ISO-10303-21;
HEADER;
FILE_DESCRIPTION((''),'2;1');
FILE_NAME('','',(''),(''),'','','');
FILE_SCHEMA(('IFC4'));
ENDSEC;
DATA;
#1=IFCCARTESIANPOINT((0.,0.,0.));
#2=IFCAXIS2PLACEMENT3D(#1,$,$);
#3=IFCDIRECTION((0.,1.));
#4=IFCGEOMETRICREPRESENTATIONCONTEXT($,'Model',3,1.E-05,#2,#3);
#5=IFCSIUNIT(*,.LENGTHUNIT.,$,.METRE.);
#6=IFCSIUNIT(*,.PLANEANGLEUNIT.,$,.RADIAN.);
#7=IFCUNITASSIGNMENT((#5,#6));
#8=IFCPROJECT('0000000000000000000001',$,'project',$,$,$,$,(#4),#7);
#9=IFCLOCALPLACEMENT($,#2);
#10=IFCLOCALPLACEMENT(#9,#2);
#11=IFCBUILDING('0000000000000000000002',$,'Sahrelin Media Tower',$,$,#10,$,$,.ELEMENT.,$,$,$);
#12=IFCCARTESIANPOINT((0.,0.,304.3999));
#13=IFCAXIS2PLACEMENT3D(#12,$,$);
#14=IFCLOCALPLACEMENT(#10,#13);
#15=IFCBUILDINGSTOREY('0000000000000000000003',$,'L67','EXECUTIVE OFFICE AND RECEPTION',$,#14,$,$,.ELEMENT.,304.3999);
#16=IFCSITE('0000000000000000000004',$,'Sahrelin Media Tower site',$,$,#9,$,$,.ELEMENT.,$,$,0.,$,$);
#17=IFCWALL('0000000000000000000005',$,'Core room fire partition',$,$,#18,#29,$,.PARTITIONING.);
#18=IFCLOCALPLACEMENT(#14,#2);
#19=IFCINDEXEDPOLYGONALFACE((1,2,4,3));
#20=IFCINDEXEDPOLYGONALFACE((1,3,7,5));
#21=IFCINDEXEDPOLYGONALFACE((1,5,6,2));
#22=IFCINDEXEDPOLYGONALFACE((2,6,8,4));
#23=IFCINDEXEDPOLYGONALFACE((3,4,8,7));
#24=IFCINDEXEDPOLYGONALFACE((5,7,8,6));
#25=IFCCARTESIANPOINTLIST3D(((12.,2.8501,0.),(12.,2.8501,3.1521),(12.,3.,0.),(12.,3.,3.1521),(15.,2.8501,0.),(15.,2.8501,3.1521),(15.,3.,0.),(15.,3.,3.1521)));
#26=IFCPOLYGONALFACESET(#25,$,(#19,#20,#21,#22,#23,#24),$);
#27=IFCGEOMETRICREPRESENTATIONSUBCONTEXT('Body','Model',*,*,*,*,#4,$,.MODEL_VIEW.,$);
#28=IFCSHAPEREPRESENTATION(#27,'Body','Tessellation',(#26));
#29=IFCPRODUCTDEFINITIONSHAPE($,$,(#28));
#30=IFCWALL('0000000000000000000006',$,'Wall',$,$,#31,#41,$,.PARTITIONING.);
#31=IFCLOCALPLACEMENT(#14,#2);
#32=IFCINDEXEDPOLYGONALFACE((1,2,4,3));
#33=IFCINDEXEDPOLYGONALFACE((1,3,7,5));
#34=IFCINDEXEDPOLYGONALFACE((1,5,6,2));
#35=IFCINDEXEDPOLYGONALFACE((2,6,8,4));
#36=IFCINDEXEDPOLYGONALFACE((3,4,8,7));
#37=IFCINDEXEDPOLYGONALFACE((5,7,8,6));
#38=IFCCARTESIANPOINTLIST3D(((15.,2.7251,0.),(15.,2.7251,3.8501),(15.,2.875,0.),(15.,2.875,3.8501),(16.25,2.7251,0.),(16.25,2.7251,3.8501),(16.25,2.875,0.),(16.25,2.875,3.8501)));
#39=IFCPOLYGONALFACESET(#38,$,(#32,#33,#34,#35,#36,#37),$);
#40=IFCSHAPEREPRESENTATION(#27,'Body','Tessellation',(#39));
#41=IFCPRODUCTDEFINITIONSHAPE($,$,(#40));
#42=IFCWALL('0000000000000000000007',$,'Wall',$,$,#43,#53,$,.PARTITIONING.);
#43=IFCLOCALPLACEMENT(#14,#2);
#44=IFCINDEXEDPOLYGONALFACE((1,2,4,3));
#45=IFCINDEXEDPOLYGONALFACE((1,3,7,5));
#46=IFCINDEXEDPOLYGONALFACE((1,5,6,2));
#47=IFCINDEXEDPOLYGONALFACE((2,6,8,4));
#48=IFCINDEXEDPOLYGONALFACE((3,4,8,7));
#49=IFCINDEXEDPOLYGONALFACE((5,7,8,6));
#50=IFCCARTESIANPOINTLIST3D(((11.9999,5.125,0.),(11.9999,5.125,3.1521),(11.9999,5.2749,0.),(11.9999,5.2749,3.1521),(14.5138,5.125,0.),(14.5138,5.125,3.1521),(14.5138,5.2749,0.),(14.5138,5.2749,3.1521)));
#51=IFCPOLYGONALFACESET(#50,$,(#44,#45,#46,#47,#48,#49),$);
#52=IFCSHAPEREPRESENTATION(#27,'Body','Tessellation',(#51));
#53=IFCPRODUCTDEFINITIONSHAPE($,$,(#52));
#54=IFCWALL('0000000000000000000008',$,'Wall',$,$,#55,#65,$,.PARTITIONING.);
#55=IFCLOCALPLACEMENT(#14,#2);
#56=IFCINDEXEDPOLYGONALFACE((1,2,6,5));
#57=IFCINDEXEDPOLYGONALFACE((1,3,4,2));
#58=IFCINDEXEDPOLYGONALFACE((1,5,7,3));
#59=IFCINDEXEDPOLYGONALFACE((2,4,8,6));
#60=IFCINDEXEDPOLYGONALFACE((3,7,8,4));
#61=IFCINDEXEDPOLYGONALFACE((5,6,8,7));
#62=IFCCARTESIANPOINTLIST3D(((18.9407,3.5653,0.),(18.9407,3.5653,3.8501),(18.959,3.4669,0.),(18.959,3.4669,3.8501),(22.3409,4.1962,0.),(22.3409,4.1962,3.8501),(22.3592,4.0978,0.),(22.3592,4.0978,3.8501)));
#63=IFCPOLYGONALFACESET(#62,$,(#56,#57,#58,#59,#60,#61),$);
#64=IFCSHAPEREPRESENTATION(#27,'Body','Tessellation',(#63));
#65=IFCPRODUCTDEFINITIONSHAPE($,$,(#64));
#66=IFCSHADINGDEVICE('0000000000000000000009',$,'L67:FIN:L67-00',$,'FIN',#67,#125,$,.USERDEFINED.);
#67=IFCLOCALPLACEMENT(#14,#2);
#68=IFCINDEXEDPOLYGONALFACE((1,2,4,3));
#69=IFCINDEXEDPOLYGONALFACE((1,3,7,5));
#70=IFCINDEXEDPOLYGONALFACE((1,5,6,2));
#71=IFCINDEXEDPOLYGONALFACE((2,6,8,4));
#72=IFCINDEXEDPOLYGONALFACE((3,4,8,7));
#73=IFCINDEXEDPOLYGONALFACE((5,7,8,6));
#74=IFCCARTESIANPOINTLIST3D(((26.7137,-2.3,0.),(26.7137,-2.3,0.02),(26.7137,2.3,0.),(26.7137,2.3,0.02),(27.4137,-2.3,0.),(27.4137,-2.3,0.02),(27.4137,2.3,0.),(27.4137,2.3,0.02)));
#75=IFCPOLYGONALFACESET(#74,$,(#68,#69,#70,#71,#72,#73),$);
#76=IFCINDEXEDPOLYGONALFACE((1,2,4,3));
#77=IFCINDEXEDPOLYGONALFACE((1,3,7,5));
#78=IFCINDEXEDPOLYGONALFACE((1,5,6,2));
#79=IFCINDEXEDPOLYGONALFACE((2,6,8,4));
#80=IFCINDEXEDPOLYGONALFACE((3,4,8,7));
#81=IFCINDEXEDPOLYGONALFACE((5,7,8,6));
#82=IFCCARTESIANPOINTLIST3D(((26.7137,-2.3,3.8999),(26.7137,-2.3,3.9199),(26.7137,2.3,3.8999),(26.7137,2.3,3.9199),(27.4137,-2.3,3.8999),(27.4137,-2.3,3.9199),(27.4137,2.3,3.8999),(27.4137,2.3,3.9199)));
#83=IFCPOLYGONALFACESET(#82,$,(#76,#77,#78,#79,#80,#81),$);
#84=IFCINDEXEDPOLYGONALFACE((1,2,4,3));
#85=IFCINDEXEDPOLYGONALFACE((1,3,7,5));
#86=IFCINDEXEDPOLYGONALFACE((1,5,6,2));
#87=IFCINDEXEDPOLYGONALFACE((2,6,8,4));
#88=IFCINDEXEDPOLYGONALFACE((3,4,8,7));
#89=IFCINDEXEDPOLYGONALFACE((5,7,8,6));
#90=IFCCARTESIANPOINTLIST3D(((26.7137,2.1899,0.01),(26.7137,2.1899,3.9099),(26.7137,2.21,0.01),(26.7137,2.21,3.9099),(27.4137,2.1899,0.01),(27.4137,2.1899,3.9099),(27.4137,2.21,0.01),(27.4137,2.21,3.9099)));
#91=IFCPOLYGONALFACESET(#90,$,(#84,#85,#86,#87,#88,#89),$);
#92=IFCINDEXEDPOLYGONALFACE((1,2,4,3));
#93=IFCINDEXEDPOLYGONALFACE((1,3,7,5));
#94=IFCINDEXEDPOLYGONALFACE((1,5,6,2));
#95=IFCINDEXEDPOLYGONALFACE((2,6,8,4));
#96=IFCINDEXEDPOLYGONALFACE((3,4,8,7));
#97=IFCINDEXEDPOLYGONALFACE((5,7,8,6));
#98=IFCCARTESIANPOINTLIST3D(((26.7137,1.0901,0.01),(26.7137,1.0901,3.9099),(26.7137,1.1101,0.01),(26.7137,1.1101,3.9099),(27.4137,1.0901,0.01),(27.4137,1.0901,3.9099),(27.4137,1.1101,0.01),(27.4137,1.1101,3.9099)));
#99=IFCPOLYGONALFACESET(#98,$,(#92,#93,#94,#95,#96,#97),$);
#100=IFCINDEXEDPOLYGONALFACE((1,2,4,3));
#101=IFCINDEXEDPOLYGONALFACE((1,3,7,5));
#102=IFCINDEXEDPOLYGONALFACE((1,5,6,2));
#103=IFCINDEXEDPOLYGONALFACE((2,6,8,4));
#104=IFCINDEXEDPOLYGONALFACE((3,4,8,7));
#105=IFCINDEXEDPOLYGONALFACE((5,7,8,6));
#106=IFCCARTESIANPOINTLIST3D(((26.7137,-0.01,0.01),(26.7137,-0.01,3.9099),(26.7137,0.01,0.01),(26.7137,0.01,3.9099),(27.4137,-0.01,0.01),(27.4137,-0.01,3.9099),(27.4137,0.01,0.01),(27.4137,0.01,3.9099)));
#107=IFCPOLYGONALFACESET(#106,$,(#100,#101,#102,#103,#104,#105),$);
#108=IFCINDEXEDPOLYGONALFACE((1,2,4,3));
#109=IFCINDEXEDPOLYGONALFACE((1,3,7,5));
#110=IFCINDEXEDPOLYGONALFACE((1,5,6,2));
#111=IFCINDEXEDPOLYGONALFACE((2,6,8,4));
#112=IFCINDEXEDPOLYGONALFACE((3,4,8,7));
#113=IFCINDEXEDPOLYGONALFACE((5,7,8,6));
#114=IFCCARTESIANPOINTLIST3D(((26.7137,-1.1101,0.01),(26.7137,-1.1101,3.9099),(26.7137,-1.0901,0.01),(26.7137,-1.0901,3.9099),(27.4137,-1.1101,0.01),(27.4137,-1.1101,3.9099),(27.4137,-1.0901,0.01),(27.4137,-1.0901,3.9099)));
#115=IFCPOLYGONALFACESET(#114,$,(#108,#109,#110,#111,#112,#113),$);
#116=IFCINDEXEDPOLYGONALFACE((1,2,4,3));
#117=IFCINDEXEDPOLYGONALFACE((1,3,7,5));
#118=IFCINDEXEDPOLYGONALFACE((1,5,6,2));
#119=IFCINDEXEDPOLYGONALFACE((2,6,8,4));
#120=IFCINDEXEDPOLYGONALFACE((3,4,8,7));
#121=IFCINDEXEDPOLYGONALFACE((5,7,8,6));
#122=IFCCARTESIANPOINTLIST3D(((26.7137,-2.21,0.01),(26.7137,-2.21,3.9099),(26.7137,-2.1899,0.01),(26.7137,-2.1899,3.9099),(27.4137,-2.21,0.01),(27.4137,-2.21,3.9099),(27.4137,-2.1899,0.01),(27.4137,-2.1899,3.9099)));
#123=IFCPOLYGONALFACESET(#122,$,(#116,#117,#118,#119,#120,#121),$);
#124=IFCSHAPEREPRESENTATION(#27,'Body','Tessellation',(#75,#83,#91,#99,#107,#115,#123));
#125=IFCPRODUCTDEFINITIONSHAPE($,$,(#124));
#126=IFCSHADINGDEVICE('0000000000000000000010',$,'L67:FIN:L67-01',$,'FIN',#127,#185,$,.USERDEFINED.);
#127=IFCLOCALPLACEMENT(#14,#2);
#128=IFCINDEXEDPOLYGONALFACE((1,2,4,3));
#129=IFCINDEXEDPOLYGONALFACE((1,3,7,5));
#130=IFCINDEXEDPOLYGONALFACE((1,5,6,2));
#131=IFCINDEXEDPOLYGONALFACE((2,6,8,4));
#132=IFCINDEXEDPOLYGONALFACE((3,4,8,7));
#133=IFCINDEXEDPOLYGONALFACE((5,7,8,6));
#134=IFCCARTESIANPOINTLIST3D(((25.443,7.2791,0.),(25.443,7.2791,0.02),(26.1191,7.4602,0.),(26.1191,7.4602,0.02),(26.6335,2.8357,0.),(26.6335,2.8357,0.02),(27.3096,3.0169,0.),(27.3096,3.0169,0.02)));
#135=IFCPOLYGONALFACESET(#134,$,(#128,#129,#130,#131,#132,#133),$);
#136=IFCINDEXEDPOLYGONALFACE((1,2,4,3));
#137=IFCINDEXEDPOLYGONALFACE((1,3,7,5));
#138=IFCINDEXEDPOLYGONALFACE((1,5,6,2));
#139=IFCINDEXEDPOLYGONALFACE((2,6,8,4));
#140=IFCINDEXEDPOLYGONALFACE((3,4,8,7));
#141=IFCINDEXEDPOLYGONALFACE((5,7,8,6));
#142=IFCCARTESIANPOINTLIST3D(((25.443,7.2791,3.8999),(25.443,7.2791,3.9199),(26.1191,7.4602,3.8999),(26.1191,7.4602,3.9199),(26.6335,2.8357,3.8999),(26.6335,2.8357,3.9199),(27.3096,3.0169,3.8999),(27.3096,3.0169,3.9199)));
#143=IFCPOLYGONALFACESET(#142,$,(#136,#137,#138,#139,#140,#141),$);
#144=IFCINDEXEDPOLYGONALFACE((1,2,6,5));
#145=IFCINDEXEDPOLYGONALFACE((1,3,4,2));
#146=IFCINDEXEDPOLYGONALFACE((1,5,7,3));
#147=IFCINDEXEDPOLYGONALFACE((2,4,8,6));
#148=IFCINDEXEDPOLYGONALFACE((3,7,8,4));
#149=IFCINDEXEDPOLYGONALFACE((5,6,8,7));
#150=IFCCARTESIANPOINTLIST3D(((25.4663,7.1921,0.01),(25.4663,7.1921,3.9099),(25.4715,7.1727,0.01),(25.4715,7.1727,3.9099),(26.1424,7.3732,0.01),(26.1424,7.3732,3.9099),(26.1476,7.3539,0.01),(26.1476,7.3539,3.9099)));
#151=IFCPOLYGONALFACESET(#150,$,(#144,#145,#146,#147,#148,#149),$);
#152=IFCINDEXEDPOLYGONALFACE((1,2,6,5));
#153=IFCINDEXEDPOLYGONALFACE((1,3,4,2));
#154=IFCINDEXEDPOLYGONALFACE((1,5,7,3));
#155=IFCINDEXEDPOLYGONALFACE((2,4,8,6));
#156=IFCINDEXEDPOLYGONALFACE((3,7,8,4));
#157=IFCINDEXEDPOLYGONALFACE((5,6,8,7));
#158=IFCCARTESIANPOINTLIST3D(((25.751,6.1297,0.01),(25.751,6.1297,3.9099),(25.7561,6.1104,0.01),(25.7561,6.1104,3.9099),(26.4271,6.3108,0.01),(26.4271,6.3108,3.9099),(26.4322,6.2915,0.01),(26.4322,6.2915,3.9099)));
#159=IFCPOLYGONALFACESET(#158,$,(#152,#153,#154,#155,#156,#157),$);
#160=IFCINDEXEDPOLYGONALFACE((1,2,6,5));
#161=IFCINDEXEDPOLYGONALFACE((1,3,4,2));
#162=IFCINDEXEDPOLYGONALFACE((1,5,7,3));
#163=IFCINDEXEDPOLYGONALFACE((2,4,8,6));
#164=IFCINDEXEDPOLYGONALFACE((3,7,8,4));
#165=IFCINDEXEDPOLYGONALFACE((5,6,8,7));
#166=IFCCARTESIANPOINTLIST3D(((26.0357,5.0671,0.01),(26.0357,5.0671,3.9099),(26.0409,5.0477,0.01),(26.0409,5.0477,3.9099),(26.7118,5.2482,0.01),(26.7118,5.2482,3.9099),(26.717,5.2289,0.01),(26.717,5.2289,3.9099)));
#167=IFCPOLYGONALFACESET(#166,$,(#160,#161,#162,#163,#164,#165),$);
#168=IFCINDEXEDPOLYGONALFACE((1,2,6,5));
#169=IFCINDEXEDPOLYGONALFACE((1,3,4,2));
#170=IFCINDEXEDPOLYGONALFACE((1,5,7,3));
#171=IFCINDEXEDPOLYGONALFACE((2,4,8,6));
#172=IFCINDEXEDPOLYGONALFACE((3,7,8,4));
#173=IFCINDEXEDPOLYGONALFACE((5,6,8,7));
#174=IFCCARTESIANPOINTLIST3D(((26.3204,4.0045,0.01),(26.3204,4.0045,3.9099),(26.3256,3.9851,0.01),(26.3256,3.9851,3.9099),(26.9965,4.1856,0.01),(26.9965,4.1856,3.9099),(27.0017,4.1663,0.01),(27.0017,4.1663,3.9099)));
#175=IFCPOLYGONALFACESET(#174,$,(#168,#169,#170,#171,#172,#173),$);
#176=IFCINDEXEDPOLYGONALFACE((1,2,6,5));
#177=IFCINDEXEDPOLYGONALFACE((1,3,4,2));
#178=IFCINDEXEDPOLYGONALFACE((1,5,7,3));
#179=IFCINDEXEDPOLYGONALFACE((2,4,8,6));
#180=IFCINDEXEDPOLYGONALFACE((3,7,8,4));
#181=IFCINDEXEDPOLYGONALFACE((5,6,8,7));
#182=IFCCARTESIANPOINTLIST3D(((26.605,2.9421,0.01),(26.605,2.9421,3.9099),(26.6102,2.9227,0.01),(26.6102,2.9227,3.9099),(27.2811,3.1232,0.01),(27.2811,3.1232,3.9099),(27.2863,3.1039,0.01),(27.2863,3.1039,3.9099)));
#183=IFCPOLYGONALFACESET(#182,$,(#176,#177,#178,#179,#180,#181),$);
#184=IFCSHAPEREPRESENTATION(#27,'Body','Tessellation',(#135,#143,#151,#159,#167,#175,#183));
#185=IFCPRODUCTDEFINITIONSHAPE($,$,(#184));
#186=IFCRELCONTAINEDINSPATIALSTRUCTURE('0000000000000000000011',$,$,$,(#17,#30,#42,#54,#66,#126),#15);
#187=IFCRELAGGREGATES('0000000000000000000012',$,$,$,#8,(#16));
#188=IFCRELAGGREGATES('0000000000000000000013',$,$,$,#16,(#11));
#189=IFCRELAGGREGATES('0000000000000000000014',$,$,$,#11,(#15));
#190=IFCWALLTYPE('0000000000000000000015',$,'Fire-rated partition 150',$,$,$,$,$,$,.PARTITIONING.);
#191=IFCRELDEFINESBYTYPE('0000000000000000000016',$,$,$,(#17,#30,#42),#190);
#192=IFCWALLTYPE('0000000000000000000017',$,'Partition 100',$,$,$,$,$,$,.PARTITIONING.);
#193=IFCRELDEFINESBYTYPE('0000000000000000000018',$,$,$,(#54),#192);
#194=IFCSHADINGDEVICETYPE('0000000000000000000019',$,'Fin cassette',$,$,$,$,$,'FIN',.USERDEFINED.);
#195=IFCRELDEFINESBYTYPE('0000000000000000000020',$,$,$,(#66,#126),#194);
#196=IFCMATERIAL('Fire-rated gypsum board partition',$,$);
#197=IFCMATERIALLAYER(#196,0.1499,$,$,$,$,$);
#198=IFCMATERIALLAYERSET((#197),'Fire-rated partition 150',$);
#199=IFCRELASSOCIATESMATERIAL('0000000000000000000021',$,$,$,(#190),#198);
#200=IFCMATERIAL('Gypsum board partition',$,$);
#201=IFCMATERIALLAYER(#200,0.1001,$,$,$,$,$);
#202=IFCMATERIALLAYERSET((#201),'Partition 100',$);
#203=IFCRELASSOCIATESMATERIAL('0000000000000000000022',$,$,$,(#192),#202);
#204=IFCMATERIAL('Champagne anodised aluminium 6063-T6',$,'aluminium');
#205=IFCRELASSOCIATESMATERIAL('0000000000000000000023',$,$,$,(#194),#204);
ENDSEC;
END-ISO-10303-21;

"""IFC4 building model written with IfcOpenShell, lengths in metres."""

from ifc_helpers import new_model, si_unit, direction, frame, frame_2d, origin, origin_2d, place, context, subcontext, project, spatial, rectangle, extrude, material, layer, layer_set, type_object, element, save


model = new_model("IFC4")

# Units and contexts
model_context = context("Model", 3, precision=1e-05, world=origin(), true_north=direction((0.0, 1.0)))
body_context = subcontext(model_context, "Body", "Model", "MODEL_VIEW")
ifc_project = project(units=[si_unit("LENGTHUNIT", "METRE"), si_unit("PLANEANGLEUNIT", "RADIAN")], contexts=[model_context])

# Site, building, storey
site_placement = place(None, origin())
site = spatial("IfcSite", under=ifc_project, at=site_placement, Name="Sahrelin Media Tower site", CompositionType="ELEMENT", RefElevation=0.0)
building_placement = place(site_placement, origin())
building = spatial("IfcBuilding", under=site, at=building_placement, Name="Sahrelin Media Tower", CompositionType="ELEMENT")
storey_placement = place(building_placement, frame((0.0, 0.0, 304.3999)))
storey = spatial("IfcBuildingStorey", under=building, at=storey_placement, Name="L67", Description="EXECUTIVE OFFICE AND RECEPTION", CompositionType="ELEMENT", Elevation=304.3999)

# Shared definitions
ifc_material_1 = material(Name="Champagne anodised aluminium 6063-T6", Category="aluminium")

# Walls
ifc_material_2 = material(Name="Fire-rated gypsum board partition")
ifc_layer_1 = layer(ifc_material_2, 0.1499)
ifc_layer_set_1 = layer_set([ifc_layer_1], Name="Fire-rated partition 150")
wall_type_1 = type_object("IfcWallType", Name="Fire-rated partition 150", PredefinedType="PARTITIONING", material=ifc_layer_set_1)
wall_1_placement = place(storey_placement, frame((12.0, 2.925, 0.0), z_axis=(0.0, 0.0, 1.0), x_axis=(1.0, 0.0, 0.0)))
element("IfcWall", 1, at=wall_1_placement, inside=storey, type_object=wall_type_1, Name="Core room fire partition", PredefinedType="PARTITIONING", context=body_context, shape_type="SweptSolid", body=[
    extrude(rectangle(XDim=3.0, YDim=0.1499, at=frame_2d((1.5, 0.0))), origin(), (0.0, 0.0, 1.0), 3.1521),
])
wall_2_placement = place(storey_placement, frame((15.0, 2.8, 0.0), z_axis=(0.0, 0.0, 1.0), x_axis=(1.0, 0.0, 0.0)))
element("IfcWall", 2, at=wall_2_placement, inside=storey, type_object=wall_type_1, Name="Wall", PredefinedType="PARTITIONING", context=body_context, shape_type="SweptSolid", body=[
    extrude(rectangle(XDim=1.25, YDim=0.1499, at=frame_2d((0.625, 0.0))), origin(), (0.0, 0.0, 1.0), 3.8501),
])
wall_3_placement = place(storey_placement, frame((12.0, 5.2, 0.0), z_axis=(0.0, 0.0, 1.0), x_axis=(1.0, 0.0, 0.0)))
element("IfcWall", 3, at=wall_3_placement, inside=storey, type_object=wall_type_1, Name="Wall", PredefinedType="PARTITIONING", context=body_context, shape_type="SweptSolid", body=[
    extrude(rectangle(XDim=2.5139, YDim=0.1499, at=frame_2d((1.2568, 0.0))), origin(), (0.0, 0.0, 1.0), 3.1521),
])
ifc_material_3 = material(Name="Gypsum board partition")
ifc_layer_2 = layer(ifc_material_3, 0.1001)
ifc_layer_set_2 = layer_set([ifc_layer_2], Name="Partition 100")
wall_type_2 = type_object("IfcWallType", Name="Partition 100", PredefinedType="PARTITIONING", material=ifc_layer_set_2)
wall_4_placement = place(storey_placement, frame((18.95, 3.5161, 0.0), z_axis=(0.0, 0.0, 1.0), x_axis=(0.98322, 0.182425, 0.0)))
element("IfcWall", 4, at=wall_4_placement, inside=storey, type_object=wall_type_2, Name="Wall", PredefinedType="PARTITIONING", context=body_context, shape_type="SweptSolid", body=[
    extrude(rectangle(XDim=3.4583, YDim=0.1001, at=frame_2d((1.729, 0.0))), origin(), (0.0, 0.0, 1.0), 3.8501),
])

# Shading devices
shading_device_type_1 = type_object("IfcShadingDeviceType", Name="Fin cassette", ElementType="FIN", PredefinedType="USERDEFINED", material=ifc_material_1)
placement_1 = place(storey_placement, frame((26.6438, 0.0, 0.0), z_axis=(0.0, 0.0, 1.0), x_axis=(0.0, -1.0, 0.0)))
element("IfcShadingDevice", 5, at=placement_1, inside=storey, type_object=shading_device_type_1, Name="L67:FIN:L67-00", ObjectType="FIN", PredefinedType="USERDEFINED", context=body_context, shape_type="SweptSolid", body=[
    extrude(rectangle(XDim=4.6001, YDim=0.7, at=origin_2d()), frame((0.0, 0.4199, 0.0)), (0.0, 0.0, 1.0), 0.02),
    extrude(rectangle(XDim=4.6001, YDim=0.7, at=origin_2d()), frame((0.0, 0.4199, 3.8999)), (0.0, 0.0, 1.0), 0.02),
    extrude(rectangle(XDim=0.02, YDim=0.7, at=origin_2d()), frame((-2.2, 0.4199, 0.01), z_axis=(0.0, 0.0, 1.0), x_axis=(1.0, 0.0, 0.0)), (0.0, 0.0, 1.0), 3.8999),
    extrude(rectangle(XDim=0.02, YDim=0.7, at=origin_2d()), frame((-1.1001, 0.4199, 0.01), z_axis=(0.0, 0.0, 1.0), x_axis=(1.0, 0.0, 0.0)), (0.0, 0.0, 1.0), 3.8999),
    extrude(rectangle(XDim=0.02, YDim=0.7, at=origin_2d()), frame((0.0, 0.4199, 0.01), z_axis=(0.0, 0.0, 1.0), x_axis=(1.0, 0.0, 0.0)), (0.0, 0.0, 1.0), 3.8999),
    extrude(rectangle(XDim=0.02, YDim=0.7, at=origin_2d()), frame((1.1001, 0.4199, 0.01), z_axis=(0.0, 0.0, 1.0), x_axis=(1.0, 0.0, 0.0)), (0.0, 0.0, 1.0), 3.8999),
    extrude(rectangle(XDim=0.02, YDim=0.7, at=origin_2d()), frame((2.2, 0.4199, 0.01), z_axis=(0.0, 0.0, 1.0), x_axis=(1.0, 0.0, 0.0)), (0.0, 0.0, 1.0), 3.8999),
])
placement_2 = place(storey_placement, frame((25.9707, 5.0393, 0.0), z_axis=(0.0, 0.0, 1.0), x_axis=(0.258808, -0.965929, 0.0)))
element("IfcShadingDevice", 6, at=placement_2, inside=storey, type_object=shading_device_type_1, Name="L67:FIN:L67-01", ObjectType="FIN", PredefinedType="USERDEFINED", context=body_context, shape_type="SweptSolid", body=[
    extrude(rectangle(XDim=4.6001, YDim=0.7, at=origin_2d()), frame((0.0, 0.4199, 0.0)), (0.0, 0.0, 1.0), 0.02),
    extrude(rectangle(XDim=4.6001, YDim=0.7, at=origin_2d()), frame((0.0, 0.4199, 3.8999)), (0.0, 0.0, 1.0), 0.02),
    extrude(rectangle(XDim=0.02, YDim=0.7, at=origin_2d()), frame((-2.2, 0.4199, 0.01), z_axis=(0.0, 0.0, 1.0), x_axis=(1.0, 0.0, 0.0)), (0.0, 0.0, 1.0), 3.8999),
    extrude(rectangle(XDim=0.02, YDim=0.7, at=origin_2d()), frame((-1.1001, 0.4199, 0.01), z_axis=(0.0, 0.0, 1.0), x_axis=(1.0, 0.0, 0.0)), (0.0, 0.0, 1.0), 3.8999),
    extrude(rectangle(XDim=0.02, YDim=0.7, at=origin_2d()), frame((0.0, 0.4199, 0.01), z_axis=(0.0, 0.0, 1.0), x_axis=(1.0, 0.0, 0.0)), (0.0, 0.0, 1.0), 3.8999),
    extrude(rectangle(XDim=0.02, YDim=0.7, at=origin_2d()), frame((1.1001, 0.4199, 0.01), z_axis=(0.0, 0.0, 1.0), x_axis=(1.0, 0.0, 0.0)), (0.0, 0.0, 1.0), 3.8999),
    extrude(rectangle(XDim=0.02, YDim=0.7, at=origin_2d()), frame((2.2, 0.4199, 0.01), z_axis=(0.0, 0.0, 1.0), x_axis=(1.0, 0.0, 0.0)), (0.0, 0.0, 1.0), 3.8999),
])

save(model, "model.ifc")
